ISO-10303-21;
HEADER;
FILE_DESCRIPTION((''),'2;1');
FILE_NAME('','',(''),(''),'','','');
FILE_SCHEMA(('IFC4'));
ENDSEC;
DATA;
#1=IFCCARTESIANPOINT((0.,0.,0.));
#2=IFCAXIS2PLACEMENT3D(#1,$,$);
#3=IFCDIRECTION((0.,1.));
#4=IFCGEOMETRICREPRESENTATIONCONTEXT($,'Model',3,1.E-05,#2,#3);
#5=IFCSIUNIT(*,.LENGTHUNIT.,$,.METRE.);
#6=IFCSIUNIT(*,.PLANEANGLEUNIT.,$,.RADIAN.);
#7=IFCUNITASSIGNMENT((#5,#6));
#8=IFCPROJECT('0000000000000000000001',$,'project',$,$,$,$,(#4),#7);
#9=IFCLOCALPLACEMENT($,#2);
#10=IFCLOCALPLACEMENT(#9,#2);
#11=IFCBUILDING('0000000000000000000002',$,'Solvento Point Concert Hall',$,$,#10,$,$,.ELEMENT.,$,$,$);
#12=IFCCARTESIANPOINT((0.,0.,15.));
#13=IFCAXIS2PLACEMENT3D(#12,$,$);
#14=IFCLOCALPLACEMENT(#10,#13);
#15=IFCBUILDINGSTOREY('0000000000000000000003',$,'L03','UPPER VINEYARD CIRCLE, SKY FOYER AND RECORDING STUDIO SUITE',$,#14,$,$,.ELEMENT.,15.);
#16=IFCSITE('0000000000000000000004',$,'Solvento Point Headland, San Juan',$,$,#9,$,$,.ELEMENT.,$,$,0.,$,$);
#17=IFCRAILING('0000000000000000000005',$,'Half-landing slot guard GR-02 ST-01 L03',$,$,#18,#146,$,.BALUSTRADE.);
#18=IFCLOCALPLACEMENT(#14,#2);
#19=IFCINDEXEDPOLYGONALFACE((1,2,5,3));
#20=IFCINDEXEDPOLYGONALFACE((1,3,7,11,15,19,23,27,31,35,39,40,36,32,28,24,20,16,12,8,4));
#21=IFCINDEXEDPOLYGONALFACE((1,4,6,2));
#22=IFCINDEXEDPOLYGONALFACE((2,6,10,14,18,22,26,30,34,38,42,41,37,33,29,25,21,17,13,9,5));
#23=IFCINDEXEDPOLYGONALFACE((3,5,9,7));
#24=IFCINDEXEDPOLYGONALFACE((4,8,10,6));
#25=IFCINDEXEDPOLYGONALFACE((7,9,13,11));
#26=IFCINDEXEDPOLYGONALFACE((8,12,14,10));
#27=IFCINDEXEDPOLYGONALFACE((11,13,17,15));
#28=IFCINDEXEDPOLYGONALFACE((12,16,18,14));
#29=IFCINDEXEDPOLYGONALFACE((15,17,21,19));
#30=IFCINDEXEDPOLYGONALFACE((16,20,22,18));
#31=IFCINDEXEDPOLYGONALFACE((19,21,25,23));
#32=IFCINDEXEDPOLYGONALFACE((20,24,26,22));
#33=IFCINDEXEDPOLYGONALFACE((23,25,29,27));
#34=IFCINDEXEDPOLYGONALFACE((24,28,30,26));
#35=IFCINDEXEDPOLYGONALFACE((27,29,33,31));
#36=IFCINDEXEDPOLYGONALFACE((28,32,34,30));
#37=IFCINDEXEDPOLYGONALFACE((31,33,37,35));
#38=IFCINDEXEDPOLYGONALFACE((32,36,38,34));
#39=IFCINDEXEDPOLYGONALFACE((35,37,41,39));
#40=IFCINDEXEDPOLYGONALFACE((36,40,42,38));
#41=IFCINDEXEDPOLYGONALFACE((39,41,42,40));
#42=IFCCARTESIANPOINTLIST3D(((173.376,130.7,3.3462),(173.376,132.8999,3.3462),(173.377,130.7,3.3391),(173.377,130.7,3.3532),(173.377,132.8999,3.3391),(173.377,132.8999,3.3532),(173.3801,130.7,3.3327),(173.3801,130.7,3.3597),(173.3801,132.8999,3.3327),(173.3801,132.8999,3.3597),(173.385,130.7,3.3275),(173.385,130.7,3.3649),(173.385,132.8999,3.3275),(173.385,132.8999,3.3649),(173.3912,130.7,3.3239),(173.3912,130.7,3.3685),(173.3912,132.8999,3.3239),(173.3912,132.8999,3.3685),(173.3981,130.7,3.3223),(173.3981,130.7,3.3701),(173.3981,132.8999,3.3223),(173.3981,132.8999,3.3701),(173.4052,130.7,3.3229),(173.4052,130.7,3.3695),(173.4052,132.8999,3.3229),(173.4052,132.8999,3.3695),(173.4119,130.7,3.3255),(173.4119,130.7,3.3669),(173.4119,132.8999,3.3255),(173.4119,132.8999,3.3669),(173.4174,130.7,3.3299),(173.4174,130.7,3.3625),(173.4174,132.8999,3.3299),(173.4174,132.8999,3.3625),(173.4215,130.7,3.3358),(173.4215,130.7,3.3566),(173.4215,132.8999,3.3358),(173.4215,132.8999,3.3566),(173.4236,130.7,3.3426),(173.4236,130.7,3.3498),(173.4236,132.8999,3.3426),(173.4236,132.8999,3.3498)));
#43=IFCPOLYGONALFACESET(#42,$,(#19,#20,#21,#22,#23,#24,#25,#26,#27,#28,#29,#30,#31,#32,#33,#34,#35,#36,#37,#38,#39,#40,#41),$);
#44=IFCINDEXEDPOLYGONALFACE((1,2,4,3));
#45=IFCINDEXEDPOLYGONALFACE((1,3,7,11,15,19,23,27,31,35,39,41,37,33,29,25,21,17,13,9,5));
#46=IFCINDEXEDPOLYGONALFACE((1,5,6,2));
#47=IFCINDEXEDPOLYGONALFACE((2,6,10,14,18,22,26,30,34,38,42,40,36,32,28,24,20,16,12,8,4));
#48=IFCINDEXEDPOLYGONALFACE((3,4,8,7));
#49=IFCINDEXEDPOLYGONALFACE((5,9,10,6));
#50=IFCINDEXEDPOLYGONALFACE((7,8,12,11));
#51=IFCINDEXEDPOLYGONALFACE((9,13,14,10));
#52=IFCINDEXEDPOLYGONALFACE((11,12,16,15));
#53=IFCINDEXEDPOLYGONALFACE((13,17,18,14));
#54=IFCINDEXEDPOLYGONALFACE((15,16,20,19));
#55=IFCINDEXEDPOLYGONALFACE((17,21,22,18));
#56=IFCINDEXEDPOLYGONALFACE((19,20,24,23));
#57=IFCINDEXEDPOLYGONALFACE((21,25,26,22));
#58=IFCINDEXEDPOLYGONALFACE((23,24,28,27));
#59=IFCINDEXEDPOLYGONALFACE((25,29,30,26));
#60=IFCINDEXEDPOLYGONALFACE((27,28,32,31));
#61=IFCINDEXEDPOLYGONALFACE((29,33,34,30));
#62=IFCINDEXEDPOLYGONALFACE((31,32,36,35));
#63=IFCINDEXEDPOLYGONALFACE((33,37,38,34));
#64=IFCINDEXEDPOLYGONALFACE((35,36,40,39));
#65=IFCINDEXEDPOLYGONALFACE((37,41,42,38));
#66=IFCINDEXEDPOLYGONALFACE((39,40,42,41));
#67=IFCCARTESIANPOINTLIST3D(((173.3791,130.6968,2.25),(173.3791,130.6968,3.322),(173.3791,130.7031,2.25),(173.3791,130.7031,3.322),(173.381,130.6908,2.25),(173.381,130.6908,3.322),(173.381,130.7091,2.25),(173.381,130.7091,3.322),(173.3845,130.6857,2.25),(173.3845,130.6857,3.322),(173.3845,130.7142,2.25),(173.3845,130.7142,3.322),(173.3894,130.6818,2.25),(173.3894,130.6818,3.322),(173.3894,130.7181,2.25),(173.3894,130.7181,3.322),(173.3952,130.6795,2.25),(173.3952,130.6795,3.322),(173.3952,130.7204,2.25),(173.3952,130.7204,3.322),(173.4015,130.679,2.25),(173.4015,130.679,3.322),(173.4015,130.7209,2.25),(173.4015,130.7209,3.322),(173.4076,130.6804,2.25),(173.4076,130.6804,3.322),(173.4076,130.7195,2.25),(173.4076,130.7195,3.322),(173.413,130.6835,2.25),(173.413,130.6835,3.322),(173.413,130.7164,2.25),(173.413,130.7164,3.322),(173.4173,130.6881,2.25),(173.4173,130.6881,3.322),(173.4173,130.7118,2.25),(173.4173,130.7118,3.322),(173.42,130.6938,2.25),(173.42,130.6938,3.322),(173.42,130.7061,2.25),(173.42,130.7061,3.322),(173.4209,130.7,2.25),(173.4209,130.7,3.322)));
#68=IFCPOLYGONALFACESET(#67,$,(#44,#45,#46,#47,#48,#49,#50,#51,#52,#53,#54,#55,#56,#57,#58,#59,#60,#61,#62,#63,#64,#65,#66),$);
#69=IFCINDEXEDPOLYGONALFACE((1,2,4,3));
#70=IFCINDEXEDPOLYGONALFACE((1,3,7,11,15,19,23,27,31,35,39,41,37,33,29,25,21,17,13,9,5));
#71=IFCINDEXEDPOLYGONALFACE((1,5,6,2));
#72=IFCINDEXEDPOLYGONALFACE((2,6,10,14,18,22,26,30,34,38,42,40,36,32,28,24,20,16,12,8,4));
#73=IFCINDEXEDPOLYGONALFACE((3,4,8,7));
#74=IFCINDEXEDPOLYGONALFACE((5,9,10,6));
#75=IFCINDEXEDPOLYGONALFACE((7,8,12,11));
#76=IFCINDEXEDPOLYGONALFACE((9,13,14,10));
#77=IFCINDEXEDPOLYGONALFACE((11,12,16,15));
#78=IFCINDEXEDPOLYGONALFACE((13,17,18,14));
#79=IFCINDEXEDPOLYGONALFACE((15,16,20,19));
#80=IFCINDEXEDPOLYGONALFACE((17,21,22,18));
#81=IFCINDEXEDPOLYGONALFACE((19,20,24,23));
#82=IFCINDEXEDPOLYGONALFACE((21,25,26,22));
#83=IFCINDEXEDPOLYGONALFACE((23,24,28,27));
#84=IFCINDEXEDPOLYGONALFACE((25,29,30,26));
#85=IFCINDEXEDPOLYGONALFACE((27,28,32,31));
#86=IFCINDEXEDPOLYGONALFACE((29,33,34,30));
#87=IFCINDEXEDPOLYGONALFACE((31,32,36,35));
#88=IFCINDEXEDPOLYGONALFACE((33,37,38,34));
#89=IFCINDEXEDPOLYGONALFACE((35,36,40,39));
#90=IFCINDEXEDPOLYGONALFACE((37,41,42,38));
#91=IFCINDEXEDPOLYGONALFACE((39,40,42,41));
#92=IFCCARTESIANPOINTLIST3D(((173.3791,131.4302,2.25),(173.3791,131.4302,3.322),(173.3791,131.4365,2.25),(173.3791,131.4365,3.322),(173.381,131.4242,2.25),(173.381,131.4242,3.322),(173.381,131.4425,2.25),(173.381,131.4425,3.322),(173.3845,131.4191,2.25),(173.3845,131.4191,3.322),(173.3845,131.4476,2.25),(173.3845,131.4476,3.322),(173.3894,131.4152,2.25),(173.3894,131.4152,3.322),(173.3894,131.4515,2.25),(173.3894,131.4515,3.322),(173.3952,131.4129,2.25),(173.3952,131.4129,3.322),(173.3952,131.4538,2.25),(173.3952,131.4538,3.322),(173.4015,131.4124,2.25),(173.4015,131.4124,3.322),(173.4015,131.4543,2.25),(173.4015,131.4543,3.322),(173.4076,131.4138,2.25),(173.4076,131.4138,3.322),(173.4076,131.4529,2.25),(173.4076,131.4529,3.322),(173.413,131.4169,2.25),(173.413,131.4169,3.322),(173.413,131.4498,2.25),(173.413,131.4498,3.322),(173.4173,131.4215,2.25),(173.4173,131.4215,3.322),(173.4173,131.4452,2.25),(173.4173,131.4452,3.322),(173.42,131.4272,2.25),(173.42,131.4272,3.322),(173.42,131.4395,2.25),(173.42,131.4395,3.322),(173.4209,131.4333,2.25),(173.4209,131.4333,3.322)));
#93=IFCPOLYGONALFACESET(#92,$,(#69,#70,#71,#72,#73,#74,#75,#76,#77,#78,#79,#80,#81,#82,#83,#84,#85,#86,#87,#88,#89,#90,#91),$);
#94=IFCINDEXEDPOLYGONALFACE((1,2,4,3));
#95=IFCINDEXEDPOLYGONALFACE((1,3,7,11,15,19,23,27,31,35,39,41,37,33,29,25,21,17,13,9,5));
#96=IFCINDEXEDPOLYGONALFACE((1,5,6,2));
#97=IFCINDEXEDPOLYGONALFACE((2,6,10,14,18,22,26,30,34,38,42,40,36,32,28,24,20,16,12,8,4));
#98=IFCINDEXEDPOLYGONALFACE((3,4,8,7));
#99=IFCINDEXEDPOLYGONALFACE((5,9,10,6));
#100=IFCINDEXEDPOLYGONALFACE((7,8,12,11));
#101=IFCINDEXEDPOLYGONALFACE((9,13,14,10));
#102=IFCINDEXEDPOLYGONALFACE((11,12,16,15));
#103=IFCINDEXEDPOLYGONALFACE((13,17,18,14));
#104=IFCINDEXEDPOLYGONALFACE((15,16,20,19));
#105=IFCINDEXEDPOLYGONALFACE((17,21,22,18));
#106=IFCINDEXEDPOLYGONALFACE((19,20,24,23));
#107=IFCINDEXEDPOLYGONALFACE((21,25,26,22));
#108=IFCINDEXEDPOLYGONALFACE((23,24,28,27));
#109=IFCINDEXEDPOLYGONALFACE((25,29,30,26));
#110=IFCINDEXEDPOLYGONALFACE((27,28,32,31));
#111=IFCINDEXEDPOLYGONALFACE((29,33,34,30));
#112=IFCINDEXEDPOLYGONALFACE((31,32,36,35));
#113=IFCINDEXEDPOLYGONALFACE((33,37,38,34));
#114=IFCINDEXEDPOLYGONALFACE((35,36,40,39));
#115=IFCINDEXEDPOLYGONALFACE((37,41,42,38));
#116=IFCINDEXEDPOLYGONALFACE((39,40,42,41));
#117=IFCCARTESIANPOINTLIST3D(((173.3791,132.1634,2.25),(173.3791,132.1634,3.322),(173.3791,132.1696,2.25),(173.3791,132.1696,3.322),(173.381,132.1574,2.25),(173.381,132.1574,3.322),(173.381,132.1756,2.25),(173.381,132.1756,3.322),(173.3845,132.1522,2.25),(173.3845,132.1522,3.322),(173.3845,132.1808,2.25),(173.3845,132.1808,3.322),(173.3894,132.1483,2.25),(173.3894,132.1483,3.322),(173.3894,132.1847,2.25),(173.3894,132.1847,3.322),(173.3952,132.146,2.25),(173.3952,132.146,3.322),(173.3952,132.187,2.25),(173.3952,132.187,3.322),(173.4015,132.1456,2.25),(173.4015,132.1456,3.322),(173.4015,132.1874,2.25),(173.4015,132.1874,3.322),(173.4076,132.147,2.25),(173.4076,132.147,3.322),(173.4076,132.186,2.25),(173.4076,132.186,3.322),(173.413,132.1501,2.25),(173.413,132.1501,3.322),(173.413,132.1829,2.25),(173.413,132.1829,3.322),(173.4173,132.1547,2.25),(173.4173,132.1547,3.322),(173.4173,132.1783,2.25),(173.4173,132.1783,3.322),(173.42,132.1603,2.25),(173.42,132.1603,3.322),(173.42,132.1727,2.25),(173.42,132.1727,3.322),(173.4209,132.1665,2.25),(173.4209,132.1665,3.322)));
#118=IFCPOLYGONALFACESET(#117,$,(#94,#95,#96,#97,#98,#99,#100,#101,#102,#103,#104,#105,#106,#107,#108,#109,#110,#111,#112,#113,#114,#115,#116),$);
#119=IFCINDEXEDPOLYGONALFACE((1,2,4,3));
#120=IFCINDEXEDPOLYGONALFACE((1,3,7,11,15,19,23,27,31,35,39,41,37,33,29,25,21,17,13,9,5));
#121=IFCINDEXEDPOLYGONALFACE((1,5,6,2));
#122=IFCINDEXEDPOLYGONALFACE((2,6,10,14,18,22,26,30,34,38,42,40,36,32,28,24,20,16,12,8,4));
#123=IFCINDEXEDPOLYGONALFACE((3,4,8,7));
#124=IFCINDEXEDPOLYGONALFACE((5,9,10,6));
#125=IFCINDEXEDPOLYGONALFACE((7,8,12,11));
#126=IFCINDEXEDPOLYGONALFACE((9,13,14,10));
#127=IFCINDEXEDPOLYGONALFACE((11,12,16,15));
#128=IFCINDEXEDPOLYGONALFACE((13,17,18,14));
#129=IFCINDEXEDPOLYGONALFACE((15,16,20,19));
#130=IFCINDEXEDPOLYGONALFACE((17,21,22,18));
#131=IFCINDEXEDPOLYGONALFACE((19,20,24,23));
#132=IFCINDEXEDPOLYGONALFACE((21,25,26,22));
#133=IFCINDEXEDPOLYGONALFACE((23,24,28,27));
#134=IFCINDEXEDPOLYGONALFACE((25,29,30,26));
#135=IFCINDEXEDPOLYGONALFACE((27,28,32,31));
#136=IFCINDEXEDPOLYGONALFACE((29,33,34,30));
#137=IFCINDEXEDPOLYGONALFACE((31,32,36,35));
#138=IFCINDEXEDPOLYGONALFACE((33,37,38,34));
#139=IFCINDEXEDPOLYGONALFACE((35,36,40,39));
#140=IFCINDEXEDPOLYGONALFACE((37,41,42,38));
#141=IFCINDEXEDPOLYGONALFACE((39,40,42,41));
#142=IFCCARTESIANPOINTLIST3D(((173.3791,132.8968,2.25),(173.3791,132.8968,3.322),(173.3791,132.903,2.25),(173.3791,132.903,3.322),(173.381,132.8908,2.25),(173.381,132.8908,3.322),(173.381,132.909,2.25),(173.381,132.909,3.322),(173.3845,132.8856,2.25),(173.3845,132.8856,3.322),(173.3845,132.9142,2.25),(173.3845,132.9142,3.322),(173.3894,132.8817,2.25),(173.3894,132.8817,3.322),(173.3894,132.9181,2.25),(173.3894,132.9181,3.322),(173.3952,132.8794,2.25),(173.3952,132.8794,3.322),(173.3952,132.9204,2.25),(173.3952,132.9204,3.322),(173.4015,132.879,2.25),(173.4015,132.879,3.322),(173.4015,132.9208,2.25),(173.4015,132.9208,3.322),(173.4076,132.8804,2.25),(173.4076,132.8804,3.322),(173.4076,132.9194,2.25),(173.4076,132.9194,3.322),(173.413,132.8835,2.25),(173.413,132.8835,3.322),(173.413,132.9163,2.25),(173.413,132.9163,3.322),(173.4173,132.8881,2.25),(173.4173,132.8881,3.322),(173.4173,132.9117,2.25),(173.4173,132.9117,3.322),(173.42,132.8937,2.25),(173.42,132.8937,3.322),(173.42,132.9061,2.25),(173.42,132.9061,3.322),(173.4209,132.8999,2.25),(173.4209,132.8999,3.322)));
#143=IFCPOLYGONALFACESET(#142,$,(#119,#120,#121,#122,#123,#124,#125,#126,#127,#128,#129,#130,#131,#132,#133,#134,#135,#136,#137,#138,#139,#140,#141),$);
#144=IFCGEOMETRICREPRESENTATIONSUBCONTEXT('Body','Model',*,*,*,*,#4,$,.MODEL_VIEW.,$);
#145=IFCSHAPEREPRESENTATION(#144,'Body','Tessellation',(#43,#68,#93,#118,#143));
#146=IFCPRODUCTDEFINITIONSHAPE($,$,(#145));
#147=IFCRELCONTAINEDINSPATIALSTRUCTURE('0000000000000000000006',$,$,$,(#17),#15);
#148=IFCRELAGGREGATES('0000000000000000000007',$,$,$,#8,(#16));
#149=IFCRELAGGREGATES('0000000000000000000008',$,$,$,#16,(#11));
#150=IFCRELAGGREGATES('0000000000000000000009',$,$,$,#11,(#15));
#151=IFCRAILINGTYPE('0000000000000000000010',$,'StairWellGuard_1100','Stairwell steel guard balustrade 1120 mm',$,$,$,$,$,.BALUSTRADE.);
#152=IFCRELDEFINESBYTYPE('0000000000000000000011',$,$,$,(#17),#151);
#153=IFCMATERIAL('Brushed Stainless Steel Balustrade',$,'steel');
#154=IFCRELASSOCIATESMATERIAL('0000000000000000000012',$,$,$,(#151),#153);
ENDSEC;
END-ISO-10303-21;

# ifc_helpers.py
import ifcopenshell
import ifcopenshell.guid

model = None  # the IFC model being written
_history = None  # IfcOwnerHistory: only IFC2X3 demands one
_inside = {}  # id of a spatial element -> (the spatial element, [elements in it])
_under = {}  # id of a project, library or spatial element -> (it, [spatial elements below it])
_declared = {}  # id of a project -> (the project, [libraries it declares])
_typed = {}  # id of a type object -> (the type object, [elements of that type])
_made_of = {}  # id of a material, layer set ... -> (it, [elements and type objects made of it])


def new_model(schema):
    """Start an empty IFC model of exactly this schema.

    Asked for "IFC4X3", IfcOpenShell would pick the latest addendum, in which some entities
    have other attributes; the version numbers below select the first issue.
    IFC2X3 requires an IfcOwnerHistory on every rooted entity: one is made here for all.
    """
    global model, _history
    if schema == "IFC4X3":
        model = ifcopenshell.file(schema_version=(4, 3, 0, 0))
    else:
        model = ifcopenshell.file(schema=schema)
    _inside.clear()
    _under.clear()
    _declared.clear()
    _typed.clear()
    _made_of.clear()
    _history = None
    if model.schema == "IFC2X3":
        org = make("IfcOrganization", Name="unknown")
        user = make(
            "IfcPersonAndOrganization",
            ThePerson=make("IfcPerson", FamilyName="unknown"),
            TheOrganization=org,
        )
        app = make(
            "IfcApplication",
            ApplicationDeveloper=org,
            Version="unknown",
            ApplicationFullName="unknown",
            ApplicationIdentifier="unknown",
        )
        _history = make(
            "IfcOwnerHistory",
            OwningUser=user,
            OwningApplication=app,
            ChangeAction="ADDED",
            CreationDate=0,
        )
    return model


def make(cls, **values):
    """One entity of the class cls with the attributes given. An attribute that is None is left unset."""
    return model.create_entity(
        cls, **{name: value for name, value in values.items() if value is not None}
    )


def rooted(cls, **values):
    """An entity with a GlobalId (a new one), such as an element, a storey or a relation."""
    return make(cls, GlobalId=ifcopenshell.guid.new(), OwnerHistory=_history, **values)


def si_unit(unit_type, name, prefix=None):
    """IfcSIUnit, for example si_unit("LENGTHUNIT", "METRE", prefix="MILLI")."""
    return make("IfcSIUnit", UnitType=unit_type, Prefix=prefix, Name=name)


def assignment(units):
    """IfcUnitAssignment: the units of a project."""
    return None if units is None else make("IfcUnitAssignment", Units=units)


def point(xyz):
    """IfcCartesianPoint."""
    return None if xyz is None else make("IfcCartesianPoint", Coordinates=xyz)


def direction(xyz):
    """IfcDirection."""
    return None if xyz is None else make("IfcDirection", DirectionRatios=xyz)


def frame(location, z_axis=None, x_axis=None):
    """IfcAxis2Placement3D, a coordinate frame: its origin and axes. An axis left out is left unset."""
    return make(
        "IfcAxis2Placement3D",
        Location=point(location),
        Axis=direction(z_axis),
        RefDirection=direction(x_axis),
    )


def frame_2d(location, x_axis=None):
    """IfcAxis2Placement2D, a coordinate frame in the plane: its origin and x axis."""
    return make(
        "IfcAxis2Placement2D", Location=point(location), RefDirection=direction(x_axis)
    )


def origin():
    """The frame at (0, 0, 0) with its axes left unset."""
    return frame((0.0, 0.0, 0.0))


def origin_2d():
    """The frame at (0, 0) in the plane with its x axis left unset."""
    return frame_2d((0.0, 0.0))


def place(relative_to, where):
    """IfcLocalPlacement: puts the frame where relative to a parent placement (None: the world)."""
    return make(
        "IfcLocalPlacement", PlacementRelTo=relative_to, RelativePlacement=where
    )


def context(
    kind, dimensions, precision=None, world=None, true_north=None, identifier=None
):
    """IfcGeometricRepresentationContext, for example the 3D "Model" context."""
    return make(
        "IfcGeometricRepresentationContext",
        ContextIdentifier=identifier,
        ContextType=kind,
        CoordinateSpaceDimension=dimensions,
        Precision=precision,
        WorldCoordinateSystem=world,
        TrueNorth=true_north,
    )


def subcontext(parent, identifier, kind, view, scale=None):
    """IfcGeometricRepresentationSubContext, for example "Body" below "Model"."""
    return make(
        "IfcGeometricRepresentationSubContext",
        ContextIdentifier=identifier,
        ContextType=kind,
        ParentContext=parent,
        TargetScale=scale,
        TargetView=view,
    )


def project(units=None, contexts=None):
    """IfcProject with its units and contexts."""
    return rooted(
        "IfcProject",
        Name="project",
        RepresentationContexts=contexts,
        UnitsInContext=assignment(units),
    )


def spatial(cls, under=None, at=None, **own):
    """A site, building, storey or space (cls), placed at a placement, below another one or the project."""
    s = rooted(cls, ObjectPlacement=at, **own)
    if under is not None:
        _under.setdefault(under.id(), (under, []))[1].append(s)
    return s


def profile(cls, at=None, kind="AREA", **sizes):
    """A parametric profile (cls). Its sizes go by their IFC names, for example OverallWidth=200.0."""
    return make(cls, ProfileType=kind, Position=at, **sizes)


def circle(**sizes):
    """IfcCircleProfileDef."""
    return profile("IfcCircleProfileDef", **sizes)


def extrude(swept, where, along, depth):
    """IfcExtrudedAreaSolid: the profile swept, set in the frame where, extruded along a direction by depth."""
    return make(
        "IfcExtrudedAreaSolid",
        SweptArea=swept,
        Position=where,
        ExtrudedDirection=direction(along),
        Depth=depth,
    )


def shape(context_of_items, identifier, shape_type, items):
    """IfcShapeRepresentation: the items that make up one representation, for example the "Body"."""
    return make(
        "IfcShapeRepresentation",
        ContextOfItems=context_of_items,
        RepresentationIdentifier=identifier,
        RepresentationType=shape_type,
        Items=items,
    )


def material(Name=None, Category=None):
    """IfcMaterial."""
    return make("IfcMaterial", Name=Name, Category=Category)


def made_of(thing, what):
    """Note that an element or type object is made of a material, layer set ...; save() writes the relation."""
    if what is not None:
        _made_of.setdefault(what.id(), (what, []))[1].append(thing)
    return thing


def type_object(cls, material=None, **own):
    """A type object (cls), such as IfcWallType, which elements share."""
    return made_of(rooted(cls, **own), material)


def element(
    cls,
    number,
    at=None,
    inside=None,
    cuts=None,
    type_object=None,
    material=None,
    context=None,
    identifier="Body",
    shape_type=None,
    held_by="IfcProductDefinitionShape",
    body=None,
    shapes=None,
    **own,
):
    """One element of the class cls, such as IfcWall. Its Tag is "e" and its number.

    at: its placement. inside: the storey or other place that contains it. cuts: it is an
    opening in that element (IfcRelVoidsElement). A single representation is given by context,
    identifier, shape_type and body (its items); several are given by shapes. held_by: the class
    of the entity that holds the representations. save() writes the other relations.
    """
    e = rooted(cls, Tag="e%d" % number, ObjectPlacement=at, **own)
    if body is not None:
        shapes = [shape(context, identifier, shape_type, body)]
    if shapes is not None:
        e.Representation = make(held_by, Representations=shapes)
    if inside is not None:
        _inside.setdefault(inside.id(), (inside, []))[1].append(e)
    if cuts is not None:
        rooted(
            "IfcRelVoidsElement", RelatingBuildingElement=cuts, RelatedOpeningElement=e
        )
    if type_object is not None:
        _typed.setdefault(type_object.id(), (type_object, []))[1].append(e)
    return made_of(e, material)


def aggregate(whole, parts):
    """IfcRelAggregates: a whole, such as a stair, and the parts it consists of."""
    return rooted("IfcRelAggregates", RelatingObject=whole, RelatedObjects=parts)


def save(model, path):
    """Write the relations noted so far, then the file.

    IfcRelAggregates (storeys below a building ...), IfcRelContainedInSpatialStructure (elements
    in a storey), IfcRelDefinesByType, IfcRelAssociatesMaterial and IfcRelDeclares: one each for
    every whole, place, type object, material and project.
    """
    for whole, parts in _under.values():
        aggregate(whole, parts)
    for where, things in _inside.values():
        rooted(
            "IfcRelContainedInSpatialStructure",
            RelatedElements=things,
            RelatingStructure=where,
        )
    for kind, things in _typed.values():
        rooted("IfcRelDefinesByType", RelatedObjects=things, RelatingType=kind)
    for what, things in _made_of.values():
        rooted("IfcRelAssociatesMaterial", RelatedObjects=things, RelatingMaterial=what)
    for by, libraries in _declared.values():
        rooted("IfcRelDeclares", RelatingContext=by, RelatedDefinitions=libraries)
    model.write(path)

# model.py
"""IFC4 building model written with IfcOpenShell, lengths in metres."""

from ifc_helpers import new_model, si_unit, direction, frame, origin, origin_2d, place, context, subcontext, project, spatial, circle, extrude, material, type_object, element, save


model = new_model("IFC4")

# Units and contexts
model_context = context("Model", 3, precision=1e-05, world=origin(), true_north=direction((0.0, 1.0)))
body_context = subcontext(model_context, "Body", "Model", "MODEL_VIEW")
ifc_project = project(units=[si_unit("LENGTHUNIT", "METRE"), si_unit("PLANEANGLEUNIT", "RADIAN")], contexts=[model_context])

# Site, building, storey
site_placement = place(None, origin())
site = spatial("IfcSite", under=ifc_project, at=site_placement, Name="Solvento Point Headland, San Juan", CompositionType="ELEMENT", RefElevation=0.0)
building_placement = place(site_placement, origin())
building = spatial("IfcBuilding", under=site, at=building_placement, Name="Solvento Point Concert Hall", CompositionType="ELEMENT")
storey_placement = place(building_placement, frame((0.0, 0.0, 15.0)))
storey = spatial("IfcBuildingStorey", under=building, at=storey_placement, Name="L03", Description="UPPER VINEYARD CIRCLE, SKY FOYER AND RECORDING STUDIO SUITE", CompositionType="ELEMENT", Elevation=15.0)

# Railing
ifc_material_1 = material(Name="Brushed Stainless Steel Balustrade", Category="steel")
railing_type_1 = type_object("IfcRailingType", Name="StairWellGuard_1100", Description="Stairwell steel guard balustrade 1120 mm", PredefinedType="BALUSTRADE", material=ifc_material_1)
railing_1_placement = place(storey_placement, frame((173.3999, 130.7, 2.25)))
element("IfcRailing", 1, at=railing_1_placement, inside=storey, type_object=railing_type_1, Name="Half-landing slot guard GR-02 ST-01 L03", PredefinedType="BALUSTRADE", context=body_context, shape_type="SweptSolid", body=[
    extrude(circle(Radius=0.0239, at=origin_2d()), frame((0.0, 0.0, 1.0962), z_axis=(0.0, 1.0, 0.0), x_axis=(-1.0, 0.0, 0.0)), (0.0, 0.0, 1.0), 2.2),
    extrude(circle(Radius=0.021, at=origin_2d()), origin(), (0.0, 0.0, 1.0), 1.072),
    extrude(circle(Radius=0.021, at=origin_2d()), frame((0.0, 0.7334, 0.0)), (0.0, 0.0, 1.0), 1.072),
    extrude(circle(Radius=0.021, at=origin_2d()), frame((0.0, 1.4666, 0.0)), (0.0, 0.0, 1.0), 1.072),
    extrude(circle(Radius=0.021, at=origin_2d()), frame((0.0, 2.2, 0.0)), (0.0, 0.0, 1.0), 1.072),
])

save(model, "model.ifc")
